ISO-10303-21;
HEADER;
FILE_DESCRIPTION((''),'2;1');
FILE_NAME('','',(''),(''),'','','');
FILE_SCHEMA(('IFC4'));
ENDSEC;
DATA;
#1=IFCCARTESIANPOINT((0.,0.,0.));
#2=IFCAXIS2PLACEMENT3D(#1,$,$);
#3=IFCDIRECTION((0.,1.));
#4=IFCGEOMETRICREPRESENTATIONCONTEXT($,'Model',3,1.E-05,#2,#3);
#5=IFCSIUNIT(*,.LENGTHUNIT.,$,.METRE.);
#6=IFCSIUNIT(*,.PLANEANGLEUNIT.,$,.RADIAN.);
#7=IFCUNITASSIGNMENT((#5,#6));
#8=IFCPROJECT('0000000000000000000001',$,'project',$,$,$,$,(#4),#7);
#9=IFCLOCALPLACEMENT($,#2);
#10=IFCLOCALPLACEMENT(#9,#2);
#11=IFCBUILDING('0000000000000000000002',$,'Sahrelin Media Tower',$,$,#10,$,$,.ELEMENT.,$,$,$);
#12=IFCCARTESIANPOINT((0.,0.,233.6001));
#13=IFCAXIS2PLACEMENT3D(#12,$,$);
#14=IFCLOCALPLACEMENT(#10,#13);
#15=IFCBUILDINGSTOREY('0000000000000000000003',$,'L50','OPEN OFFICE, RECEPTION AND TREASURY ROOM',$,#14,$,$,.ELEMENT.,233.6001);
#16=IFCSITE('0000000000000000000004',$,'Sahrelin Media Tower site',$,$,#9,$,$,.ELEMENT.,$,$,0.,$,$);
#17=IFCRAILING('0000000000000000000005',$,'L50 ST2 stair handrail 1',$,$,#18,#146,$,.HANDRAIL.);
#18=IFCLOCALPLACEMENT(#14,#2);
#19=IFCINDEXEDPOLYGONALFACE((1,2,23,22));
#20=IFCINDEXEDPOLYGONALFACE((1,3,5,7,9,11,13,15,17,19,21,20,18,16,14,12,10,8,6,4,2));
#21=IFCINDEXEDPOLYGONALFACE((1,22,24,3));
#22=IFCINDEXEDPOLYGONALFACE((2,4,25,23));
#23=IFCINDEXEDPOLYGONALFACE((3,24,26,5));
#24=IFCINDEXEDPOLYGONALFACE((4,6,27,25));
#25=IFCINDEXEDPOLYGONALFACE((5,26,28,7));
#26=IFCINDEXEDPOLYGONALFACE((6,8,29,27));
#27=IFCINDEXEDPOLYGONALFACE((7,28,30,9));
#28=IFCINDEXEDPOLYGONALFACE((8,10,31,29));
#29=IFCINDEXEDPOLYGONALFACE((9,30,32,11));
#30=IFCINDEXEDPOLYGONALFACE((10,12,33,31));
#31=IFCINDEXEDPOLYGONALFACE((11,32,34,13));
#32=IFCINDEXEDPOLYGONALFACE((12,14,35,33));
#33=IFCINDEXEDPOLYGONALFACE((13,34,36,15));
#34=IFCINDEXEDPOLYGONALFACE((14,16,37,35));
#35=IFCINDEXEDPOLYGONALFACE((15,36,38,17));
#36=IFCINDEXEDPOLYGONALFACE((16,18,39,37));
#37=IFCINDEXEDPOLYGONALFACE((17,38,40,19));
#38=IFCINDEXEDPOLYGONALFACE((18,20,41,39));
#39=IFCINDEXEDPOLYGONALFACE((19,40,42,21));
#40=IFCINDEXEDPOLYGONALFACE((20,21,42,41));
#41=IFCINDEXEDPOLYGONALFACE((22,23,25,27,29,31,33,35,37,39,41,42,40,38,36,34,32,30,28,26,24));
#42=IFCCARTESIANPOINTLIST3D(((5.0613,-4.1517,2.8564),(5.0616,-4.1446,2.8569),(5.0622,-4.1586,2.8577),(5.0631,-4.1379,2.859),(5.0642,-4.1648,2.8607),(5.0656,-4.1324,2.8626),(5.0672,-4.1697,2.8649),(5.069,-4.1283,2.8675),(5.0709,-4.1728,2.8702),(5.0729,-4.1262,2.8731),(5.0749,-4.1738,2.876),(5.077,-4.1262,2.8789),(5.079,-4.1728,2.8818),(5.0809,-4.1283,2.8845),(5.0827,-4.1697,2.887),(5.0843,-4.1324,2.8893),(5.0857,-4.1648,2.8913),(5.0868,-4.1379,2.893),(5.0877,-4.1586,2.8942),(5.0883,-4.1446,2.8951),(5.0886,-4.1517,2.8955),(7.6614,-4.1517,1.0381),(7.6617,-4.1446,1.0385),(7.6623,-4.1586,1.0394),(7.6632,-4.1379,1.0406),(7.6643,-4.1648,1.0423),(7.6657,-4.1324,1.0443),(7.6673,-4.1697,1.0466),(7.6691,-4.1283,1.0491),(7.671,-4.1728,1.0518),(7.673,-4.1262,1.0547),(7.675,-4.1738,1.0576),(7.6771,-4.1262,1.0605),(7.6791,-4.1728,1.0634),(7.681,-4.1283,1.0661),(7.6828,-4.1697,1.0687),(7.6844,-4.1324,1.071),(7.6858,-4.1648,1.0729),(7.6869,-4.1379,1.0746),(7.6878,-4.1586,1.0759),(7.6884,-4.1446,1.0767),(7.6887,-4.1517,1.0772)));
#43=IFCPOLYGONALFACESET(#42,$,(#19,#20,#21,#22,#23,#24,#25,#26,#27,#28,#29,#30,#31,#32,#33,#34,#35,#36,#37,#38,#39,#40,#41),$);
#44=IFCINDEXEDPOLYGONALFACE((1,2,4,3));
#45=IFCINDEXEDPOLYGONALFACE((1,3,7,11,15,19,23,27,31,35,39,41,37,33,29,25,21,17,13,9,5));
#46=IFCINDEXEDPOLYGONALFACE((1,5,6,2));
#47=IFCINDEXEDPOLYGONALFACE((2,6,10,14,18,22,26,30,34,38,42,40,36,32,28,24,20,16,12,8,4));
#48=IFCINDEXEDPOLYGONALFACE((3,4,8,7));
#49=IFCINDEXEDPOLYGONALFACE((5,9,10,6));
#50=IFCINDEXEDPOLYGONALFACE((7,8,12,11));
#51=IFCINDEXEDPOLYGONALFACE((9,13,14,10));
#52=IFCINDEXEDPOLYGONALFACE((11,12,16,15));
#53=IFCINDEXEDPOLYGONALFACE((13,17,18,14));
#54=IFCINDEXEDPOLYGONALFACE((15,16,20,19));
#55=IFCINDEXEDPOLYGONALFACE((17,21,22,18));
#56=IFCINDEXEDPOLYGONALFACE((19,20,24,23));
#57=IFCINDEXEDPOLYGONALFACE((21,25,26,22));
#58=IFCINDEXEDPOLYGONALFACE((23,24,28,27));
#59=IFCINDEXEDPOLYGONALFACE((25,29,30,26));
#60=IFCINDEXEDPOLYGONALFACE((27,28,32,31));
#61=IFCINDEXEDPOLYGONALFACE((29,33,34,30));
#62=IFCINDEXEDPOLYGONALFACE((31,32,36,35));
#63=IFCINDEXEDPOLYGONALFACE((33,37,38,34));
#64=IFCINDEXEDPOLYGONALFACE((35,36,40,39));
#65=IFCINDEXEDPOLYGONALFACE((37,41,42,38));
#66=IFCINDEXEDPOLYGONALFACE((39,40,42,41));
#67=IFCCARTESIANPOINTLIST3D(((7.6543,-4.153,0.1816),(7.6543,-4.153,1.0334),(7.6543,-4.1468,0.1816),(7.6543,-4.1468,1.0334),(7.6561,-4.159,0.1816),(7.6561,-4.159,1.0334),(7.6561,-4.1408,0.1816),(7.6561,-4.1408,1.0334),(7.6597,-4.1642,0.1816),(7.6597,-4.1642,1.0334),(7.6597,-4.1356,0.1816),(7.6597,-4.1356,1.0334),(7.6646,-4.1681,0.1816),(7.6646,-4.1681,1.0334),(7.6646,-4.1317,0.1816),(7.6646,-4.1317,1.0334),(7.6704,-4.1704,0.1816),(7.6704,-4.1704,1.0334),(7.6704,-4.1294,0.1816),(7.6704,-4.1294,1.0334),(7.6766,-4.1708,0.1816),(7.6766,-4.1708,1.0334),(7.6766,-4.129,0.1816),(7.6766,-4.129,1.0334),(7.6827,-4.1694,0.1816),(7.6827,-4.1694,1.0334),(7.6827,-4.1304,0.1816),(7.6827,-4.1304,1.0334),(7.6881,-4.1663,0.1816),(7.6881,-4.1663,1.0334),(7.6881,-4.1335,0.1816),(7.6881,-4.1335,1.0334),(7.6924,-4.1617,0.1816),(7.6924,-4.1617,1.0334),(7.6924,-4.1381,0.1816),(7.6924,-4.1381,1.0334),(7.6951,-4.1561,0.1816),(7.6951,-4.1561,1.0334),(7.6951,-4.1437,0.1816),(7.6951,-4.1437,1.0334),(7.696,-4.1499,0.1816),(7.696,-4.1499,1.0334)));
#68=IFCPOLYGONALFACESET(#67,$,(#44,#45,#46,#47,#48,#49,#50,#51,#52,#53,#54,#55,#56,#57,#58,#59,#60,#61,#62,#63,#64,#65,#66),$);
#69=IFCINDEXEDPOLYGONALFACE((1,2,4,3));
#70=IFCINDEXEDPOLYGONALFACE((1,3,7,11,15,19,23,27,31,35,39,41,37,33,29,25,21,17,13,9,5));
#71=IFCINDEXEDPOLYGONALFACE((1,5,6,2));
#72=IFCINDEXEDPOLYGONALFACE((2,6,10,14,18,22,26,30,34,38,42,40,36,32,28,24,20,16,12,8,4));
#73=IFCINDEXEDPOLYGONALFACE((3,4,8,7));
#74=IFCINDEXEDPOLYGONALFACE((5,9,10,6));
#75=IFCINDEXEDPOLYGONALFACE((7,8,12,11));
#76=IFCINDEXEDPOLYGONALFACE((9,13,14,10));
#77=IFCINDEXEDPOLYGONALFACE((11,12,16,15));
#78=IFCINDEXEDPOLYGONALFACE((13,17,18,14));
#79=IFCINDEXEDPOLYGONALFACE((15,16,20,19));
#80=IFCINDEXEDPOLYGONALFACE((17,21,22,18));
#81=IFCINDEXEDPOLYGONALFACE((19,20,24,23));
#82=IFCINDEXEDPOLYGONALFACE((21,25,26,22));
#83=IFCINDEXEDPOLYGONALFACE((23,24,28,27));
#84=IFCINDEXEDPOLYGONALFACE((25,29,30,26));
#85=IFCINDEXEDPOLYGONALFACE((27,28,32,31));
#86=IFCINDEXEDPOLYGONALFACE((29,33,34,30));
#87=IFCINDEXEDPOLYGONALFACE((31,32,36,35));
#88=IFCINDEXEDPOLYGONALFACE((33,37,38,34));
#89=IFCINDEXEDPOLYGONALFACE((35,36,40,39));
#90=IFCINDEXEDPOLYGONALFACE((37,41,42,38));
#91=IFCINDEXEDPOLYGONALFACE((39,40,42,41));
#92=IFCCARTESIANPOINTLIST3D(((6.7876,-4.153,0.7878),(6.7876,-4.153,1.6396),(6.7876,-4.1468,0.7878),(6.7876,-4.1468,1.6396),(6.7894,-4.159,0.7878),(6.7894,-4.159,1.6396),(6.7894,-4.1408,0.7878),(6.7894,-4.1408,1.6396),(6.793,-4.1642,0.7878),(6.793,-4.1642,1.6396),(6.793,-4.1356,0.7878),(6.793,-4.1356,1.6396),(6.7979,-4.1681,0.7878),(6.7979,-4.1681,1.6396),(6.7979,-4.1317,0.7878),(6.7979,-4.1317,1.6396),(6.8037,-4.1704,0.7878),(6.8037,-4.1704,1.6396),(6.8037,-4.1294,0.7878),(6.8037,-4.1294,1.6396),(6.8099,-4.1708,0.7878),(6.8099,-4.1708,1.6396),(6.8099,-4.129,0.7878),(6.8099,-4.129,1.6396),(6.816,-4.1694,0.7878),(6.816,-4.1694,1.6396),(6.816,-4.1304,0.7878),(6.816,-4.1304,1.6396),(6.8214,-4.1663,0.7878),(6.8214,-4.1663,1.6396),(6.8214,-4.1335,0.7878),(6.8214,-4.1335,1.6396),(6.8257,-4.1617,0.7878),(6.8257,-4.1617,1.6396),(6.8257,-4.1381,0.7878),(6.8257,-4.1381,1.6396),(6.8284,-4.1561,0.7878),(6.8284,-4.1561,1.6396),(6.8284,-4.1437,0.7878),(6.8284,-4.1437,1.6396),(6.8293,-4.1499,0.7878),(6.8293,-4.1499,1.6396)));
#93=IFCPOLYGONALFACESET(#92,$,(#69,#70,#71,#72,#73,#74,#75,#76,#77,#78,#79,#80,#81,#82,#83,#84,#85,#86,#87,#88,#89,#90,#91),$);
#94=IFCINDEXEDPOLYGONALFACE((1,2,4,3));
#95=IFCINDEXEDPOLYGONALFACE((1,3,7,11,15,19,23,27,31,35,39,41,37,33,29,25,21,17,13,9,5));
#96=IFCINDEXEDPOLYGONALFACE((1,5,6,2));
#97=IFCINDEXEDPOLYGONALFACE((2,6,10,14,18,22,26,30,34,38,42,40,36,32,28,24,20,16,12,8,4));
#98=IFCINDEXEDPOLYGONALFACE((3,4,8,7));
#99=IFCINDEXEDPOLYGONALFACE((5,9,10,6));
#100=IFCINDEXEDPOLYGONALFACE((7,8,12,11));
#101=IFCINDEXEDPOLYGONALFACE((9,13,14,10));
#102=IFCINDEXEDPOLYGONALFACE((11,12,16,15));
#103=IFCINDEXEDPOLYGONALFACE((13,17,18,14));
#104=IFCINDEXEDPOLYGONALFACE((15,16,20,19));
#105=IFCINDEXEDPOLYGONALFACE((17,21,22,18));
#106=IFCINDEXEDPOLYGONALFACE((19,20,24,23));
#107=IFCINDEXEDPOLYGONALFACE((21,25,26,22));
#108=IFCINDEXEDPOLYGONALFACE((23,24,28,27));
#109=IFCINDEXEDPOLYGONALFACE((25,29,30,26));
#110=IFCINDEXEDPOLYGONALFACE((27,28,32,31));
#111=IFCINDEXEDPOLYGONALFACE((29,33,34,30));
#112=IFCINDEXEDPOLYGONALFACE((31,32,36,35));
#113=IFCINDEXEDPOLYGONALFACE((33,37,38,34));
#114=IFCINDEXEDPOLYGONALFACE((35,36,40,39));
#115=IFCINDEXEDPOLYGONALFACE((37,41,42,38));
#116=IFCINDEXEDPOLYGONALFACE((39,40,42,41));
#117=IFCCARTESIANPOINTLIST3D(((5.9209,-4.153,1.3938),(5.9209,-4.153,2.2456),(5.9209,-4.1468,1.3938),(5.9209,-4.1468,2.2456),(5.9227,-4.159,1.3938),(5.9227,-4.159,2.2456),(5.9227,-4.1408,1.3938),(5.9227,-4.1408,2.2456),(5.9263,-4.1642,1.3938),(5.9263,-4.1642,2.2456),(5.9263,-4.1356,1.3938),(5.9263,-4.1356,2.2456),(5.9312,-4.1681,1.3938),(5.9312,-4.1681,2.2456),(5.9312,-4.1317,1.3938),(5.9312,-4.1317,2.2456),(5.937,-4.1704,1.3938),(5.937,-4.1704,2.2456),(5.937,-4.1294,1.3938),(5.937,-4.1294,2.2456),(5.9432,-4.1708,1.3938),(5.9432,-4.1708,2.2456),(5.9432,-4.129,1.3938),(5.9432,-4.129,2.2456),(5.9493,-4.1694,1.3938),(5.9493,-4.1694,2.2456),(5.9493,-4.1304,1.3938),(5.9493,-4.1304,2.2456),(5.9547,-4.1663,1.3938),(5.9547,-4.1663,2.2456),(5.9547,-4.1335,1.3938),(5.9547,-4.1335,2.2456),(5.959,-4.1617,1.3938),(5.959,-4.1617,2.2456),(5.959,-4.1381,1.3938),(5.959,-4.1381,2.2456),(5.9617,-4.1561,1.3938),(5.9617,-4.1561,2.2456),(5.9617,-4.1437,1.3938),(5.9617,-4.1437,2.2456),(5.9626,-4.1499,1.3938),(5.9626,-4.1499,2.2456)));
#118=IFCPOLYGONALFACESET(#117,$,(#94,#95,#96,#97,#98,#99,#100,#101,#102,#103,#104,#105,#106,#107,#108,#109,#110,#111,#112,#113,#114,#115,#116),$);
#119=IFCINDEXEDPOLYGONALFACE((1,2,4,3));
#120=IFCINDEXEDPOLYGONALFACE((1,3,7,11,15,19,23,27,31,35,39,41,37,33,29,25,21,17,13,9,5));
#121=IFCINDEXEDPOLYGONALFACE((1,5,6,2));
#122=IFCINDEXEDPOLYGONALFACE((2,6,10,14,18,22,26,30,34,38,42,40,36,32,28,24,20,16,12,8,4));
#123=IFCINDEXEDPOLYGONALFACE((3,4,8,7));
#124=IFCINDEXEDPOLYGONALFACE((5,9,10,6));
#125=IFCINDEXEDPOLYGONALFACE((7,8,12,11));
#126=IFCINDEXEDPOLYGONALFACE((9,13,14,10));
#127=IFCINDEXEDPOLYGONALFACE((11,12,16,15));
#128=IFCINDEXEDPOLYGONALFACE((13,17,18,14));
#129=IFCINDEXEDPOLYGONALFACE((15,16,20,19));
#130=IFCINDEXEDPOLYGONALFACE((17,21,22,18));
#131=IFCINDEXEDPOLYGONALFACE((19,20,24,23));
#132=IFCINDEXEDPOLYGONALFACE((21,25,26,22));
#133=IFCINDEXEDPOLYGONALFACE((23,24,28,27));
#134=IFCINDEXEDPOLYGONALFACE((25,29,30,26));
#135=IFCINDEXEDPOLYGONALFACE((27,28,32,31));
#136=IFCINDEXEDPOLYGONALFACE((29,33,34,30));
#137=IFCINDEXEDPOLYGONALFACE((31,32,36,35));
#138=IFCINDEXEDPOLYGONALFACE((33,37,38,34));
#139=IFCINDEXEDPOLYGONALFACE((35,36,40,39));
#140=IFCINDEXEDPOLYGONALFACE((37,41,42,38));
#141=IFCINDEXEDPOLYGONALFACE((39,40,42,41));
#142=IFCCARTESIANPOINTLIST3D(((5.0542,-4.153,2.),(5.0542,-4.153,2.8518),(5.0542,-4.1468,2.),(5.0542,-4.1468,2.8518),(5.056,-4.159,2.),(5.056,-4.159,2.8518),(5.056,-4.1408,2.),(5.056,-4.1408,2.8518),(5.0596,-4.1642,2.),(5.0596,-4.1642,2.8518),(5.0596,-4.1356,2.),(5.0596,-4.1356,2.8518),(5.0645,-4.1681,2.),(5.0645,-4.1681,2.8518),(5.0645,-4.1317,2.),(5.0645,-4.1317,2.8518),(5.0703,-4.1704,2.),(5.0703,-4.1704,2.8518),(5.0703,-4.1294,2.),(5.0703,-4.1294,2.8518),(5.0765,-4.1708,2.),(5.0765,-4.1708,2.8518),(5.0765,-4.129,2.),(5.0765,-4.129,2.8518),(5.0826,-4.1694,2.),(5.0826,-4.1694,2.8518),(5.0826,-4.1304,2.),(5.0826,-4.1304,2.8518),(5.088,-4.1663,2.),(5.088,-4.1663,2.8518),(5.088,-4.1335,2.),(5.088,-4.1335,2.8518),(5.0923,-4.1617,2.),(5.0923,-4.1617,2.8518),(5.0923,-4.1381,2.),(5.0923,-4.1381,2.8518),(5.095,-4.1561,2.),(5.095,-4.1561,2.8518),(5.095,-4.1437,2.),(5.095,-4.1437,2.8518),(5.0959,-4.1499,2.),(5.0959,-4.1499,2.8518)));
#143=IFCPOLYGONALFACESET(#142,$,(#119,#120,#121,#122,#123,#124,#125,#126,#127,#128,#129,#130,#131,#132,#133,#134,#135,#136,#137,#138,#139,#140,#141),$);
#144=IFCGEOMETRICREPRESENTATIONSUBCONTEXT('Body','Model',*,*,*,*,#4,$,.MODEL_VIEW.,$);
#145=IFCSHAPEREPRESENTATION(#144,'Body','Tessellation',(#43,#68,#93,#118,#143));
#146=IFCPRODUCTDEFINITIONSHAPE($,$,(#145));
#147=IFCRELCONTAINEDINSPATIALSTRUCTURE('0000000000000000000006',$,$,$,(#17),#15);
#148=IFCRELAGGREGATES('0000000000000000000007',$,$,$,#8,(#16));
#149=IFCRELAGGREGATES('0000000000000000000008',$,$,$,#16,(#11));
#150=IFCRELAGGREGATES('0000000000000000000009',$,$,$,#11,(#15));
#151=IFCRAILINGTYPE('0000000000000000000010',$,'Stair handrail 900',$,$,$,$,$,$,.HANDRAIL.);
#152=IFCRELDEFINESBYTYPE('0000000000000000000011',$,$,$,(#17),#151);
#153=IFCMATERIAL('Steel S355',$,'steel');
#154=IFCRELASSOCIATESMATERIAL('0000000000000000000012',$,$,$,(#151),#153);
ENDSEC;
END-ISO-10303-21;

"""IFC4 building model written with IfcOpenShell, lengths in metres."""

from ifc_helpers import new_model, si_unit, direction, frame, origin, origin_2d, place, context, subcontext, project, spatial, circle, extrude, material, type_object, element, save


model = new_model("IFC4")

# Units and contexts
model_context = context("Model", 3, precision=1e-05, world=origin(), true_north=direction((0.0, 1.0)))
body_context = subcontext(model_context, "Body", "Model", "MODEL_VIEW")
ifc_project = project(units=[si_unit("LENGTHUNIT", "METRE"), si_unit("PLANEANGLEUNIT", "RADIAN")], contexts=[model_context])

# Site, building, storey
site_placement = place(None, origin())
site = spatial("IfcSite", under=ifc_project, at=site_placement, Name="Sahrelin Media Tower site", CompositionType="ELEMENT", RefElevation=0.0)
building_placement = place(site_placement, origin())
building = spatial("IfcBuilding", under=site, at=building_placement, Name="Sahrelin Media Tower", CompositionType="ELEMENT")
storey_placement = place(building_placement, frame((0.0, 0.0, 233.6001)))
storey = spatial("IfcBuildingStorey", under=building, at=storey_placement, Name="L50", Description="OPEN OFFICE, RECEPTION AND TREASURY ROOM", CompositionType="ELEMENT", Elevation=233.6001)

# Shared definitions
ifc_material_1 = material(Name="Steel S355", Category="steel")

# Railing
railing_type_1 = type_object("IfcRailingType", Name="Stair handrail 900", PredefinedType="HANDRAIL", material=ifc_material_1)
railing_1_placement = place(storey_placement, frame((7.675, -4.1499, 0.1816)))
element("IfcRailing", 1, at=railing_1_placement, inside=storey, type_object=railing_type_1, Name="L50 ST2 stair handrail 1", PredefinedType="HANDRAIL", context=body_context, shape_type="SweptSolid", body=[
    extrude(circle(Radius=0.0239, at=origin_2d()), frame((0.0, 0.0, 0.876), z_axis=(-0.819485, 0.0, 0.573101), x_axis=(0.0, -1.0, 0.0)), (0.0, 0.0, 1.0), 3.1729),
    extrude(circle(Radius=0.021, at=origin_2d()), origin(), (0.0, 0.0, 1.0), 0.8518),
    extrude(circle(Radius=0.021, at=origin_2d()), frame((-0.8667, 0.0, 0.6062)), (0.0, 0.0, 1.0), 0.8518),
    extrude(circle(Radius=0.021, at=origin_2d()), frame((-1.7334, 0.0, 1.2122)), (0.0, 0.0, 1.0), 0.8518),
    extrude(circle(Radius=0.021, at=origin_2d()), frame((-2.6001, 0.0, 1.8184)), (0.0, 0.0, 1.0), 0.8518),
])

save(model, "model.ifc")
